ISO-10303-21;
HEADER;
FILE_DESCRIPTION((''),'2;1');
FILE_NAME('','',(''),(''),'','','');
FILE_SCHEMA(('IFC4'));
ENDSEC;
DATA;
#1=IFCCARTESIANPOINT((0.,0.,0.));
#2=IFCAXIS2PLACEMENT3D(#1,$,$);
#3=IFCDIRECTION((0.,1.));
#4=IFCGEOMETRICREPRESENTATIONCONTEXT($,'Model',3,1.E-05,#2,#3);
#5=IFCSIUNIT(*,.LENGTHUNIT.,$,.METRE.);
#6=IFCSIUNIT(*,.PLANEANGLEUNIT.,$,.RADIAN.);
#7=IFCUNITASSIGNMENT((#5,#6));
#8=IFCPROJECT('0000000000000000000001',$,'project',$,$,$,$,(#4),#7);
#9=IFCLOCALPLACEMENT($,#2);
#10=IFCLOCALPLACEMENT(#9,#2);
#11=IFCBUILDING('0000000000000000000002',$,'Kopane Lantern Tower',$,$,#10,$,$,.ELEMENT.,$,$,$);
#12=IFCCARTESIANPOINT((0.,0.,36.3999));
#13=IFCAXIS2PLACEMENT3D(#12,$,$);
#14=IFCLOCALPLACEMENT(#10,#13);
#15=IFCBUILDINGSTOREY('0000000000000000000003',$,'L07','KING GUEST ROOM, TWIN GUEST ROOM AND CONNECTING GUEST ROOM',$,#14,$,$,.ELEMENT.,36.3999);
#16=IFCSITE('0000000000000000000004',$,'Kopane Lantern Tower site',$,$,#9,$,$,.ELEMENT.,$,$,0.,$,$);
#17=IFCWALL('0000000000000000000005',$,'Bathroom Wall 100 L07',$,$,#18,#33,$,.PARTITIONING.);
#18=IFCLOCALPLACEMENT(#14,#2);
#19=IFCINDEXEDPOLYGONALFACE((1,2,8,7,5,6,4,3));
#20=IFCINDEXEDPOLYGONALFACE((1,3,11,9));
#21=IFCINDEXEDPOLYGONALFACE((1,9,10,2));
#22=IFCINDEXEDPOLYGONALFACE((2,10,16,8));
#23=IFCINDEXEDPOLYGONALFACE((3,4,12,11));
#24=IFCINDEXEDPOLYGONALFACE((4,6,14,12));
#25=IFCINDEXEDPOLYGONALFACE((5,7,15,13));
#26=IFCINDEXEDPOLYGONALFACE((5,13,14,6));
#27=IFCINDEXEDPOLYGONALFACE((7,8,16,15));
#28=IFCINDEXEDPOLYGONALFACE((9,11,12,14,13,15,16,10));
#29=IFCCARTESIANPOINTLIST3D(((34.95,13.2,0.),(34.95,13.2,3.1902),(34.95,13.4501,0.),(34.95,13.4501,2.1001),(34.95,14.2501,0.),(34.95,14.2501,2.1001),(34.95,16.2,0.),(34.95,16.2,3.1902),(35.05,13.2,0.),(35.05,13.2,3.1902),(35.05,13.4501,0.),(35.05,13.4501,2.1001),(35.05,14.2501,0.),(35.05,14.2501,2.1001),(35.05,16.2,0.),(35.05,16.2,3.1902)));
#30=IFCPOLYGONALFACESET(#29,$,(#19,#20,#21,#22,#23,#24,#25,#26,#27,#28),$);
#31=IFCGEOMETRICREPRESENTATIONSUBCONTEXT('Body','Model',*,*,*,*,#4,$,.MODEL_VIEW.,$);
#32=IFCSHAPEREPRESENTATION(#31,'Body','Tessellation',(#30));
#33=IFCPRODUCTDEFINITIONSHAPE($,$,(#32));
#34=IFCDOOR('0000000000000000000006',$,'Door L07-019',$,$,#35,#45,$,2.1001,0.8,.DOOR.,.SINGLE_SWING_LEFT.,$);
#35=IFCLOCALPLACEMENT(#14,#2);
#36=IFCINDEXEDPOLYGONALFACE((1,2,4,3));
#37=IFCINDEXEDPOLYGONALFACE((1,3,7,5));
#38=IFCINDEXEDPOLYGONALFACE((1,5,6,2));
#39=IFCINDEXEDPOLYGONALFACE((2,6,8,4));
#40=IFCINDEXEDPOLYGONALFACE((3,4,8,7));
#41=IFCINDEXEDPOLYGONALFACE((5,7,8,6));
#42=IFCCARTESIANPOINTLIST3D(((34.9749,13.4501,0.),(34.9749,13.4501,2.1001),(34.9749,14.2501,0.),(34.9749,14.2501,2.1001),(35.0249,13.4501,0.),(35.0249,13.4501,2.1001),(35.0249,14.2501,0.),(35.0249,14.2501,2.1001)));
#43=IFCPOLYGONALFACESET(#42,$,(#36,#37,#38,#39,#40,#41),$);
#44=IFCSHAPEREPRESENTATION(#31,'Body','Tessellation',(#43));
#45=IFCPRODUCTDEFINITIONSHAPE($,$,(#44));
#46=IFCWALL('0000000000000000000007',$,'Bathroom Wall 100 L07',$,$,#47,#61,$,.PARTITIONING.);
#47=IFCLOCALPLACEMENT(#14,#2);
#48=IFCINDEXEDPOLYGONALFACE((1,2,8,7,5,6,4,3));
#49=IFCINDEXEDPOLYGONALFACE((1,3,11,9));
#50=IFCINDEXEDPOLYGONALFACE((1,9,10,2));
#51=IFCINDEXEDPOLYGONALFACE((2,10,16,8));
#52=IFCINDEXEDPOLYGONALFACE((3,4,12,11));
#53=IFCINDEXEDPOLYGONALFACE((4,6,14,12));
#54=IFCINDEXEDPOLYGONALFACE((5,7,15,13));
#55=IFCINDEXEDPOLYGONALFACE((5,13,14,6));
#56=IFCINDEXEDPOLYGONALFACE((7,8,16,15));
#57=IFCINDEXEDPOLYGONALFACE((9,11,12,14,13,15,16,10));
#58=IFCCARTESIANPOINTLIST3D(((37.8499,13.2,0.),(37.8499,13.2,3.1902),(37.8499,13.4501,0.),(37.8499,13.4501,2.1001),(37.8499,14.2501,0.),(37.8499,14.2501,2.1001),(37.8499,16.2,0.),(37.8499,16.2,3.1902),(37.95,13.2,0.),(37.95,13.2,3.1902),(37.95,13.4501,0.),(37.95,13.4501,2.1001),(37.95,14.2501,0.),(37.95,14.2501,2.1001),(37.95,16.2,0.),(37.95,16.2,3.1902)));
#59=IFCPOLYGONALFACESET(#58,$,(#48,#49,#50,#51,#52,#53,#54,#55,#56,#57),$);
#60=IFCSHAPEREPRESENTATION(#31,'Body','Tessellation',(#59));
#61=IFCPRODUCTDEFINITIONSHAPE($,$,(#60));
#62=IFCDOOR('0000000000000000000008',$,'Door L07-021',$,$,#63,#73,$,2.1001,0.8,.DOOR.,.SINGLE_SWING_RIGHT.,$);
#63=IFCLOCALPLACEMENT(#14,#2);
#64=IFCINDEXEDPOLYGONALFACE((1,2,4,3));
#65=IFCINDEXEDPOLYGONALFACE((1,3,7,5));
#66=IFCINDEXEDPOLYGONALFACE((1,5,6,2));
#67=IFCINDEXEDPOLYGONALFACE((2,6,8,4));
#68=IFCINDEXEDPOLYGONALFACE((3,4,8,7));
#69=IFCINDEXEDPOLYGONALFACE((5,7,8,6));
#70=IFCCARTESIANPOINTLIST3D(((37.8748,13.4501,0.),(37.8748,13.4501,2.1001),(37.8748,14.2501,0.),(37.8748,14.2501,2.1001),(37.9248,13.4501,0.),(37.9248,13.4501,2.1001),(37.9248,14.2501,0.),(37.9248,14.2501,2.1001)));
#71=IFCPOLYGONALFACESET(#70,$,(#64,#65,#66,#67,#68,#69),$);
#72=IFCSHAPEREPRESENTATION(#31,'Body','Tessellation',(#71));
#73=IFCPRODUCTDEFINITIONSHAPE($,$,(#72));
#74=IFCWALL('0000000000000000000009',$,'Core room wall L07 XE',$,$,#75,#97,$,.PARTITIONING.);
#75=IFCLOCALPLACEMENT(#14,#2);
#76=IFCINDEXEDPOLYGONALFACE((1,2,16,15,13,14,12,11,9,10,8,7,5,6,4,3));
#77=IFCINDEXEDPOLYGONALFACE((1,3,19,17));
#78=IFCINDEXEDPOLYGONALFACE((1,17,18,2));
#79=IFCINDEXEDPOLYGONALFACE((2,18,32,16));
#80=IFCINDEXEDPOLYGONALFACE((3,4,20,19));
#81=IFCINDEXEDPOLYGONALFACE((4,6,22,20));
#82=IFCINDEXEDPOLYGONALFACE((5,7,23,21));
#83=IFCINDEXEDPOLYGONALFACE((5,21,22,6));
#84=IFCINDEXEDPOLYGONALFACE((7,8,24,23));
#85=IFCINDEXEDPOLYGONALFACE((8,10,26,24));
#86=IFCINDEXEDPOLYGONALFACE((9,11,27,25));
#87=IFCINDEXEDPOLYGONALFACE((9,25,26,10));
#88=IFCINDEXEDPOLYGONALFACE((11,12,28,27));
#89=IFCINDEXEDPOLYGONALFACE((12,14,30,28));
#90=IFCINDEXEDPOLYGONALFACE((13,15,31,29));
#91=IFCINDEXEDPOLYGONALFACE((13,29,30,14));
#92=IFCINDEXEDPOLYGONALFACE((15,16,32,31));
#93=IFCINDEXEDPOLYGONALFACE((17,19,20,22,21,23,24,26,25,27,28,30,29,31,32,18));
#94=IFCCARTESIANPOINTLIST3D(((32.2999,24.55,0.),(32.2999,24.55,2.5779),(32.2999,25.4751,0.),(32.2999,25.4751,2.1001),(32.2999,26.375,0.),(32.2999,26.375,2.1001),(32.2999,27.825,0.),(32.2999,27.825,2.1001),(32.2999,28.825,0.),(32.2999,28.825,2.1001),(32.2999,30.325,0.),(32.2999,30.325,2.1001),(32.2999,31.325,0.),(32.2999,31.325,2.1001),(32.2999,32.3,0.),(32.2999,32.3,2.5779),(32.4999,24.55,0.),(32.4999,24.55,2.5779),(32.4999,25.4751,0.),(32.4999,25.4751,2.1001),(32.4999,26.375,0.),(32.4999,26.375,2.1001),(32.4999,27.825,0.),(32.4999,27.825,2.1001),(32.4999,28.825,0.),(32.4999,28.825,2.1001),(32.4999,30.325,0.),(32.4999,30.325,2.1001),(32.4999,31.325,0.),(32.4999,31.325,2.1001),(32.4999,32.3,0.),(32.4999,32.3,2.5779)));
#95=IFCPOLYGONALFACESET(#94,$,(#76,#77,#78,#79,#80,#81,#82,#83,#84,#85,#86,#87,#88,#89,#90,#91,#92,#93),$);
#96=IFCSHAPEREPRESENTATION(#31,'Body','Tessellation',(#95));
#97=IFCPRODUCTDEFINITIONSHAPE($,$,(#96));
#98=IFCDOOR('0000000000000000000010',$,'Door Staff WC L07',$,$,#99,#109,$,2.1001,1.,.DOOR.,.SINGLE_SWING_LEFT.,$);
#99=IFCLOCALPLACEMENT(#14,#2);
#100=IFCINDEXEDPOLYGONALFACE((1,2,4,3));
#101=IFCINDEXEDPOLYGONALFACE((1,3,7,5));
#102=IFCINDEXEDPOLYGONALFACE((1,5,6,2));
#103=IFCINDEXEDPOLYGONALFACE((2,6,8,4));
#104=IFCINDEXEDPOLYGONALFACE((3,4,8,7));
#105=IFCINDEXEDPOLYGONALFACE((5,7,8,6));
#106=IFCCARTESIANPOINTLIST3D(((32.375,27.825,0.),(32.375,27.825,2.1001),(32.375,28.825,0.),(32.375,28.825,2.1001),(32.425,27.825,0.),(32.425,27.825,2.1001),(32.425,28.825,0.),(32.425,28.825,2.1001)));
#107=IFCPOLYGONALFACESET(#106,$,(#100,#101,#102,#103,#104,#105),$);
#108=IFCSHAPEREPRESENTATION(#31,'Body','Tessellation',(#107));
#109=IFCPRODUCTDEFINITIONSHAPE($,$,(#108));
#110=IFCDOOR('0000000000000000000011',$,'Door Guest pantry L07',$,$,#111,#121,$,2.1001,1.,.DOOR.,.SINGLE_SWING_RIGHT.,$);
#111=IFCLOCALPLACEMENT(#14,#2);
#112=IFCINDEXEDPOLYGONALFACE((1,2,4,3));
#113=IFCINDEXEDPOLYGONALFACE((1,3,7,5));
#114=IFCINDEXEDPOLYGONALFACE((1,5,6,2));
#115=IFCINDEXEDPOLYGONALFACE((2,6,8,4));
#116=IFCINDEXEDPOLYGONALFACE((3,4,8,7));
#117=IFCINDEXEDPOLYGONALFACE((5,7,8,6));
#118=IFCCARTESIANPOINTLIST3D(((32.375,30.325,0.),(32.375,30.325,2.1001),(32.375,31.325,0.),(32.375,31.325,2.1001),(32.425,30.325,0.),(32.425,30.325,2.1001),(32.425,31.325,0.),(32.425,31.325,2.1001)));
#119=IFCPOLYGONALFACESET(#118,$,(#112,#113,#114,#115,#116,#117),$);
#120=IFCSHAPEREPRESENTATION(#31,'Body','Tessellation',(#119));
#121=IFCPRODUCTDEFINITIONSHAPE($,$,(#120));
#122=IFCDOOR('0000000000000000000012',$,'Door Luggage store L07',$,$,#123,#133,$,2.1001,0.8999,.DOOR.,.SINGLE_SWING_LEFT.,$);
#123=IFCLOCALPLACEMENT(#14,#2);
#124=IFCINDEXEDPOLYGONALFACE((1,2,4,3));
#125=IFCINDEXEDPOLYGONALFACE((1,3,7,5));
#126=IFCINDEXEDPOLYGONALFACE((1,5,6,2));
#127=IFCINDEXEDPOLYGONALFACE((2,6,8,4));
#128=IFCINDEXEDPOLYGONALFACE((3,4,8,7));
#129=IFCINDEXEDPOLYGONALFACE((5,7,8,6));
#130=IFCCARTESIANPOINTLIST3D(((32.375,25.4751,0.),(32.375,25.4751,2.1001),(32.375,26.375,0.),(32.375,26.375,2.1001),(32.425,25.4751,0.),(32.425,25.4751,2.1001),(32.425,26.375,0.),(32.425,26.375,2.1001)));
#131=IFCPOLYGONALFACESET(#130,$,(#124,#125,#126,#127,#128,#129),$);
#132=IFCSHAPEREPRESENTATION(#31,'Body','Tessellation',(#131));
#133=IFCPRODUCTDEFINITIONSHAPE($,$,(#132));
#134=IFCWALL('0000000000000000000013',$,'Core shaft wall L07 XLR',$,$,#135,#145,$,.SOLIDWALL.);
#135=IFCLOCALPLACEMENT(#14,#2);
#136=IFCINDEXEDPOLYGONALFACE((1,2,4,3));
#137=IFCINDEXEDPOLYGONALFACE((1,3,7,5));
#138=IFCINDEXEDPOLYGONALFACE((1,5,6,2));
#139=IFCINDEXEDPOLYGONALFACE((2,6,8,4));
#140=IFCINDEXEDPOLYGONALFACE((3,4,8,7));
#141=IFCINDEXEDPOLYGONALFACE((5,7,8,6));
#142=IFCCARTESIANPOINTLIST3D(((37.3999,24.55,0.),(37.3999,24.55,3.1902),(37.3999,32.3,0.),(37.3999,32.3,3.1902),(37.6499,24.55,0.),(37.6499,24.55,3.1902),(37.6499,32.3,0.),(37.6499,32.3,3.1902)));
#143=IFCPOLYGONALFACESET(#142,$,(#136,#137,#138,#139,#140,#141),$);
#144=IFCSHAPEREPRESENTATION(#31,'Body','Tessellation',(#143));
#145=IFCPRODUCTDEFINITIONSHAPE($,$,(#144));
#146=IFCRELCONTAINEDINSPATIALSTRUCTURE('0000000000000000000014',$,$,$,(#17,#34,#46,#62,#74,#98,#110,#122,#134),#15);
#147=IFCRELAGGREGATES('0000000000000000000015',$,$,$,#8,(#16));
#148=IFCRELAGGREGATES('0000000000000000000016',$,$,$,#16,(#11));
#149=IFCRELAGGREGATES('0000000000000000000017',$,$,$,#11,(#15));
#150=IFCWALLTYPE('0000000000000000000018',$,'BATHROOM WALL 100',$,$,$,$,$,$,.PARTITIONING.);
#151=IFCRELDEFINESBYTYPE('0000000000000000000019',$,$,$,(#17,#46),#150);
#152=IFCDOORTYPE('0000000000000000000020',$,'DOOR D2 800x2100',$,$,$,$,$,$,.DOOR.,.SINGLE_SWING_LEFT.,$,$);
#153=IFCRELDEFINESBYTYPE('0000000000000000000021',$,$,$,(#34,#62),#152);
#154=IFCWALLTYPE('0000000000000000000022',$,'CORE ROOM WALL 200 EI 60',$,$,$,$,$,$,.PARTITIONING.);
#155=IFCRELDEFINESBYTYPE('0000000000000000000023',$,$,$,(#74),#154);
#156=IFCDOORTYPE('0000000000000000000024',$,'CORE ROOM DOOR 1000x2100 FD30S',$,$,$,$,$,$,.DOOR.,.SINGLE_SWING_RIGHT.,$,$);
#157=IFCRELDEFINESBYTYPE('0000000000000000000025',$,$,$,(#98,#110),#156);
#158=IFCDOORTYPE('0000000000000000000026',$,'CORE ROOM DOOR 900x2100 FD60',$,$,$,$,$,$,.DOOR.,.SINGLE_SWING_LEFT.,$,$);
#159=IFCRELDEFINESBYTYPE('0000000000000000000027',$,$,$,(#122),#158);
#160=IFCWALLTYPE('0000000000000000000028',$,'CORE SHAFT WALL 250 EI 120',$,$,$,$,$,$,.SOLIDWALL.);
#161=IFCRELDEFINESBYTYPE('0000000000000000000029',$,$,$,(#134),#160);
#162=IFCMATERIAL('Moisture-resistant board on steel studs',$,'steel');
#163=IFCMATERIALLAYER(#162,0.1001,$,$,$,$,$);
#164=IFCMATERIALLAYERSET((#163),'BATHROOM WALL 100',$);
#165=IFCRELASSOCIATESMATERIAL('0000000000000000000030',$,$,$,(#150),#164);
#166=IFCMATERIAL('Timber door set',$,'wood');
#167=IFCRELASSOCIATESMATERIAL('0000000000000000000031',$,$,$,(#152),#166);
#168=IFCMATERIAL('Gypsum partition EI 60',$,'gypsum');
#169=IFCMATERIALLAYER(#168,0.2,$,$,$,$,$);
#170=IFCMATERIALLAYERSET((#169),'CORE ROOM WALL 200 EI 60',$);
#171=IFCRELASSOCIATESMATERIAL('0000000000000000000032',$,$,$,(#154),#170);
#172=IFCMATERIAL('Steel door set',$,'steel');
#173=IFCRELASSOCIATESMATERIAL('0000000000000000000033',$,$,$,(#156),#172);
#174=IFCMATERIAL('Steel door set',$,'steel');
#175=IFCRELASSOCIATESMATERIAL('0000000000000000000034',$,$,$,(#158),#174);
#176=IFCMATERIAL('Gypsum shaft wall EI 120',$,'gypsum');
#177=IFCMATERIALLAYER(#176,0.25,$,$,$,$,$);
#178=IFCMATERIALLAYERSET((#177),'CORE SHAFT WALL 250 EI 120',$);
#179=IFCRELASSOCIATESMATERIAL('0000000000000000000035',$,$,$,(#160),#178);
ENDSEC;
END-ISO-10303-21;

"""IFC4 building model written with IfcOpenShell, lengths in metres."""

from ifc_helpers import new_model, si_unit, direction, frame, frame_2d, origin, place, context, subcontext, project, spatial, rectangle, extrude, material, layer, layer_set, type_object, element, fill, save


model = new_model("IFC4")

# Units and contexts
model_context = context("Model", 3, precision=1e-05, world=origin(), true_north=direction((0.0, 1.0)))
body_context = subcontext(model_context, "Body", "Model", "MODEL_VIEW")
ifc_project = project(units=[si_unit("LENGTHUNIT", "METRE"), si_unit("PLANEANGLEUNIT", "RADIAN")], contexts=[model_context])

# Site, building, storey
site_placement = place(None, origin())
site = spatial("IfcSite", under=ifc_project, at=site_placement, Name="Kopane Lantern Tower site", CompositionType="ELEMENT", RefElevation=0.0)
building_placement = place(site_placement, origin())
building = spatial("IfcBuilding", under=site, at=building_placement, Name="Kopane Lantern Tower", CompositionType="ELEMENT")
storey_placement = place(building_placement, frame((0.0, 0.0, 36.3999)))
storey = spatial("IfcBuildingStorey", under=building, at=storey_placement, Name="L07", Description="KING GUEST ROOM, TWIN GUEST ROOM AND CONNECTING GUEST ROOM", CompositionType="ELEMENT", Elevation=36.3999)

# Walls, openings, doors
ifc_material_1 = material(Name="Moisture-resistant board on steel studs", Category="steel")
ifc_layer_1 = layer(ifc_material_1, 0.1001)
ifc_layer_set_1 = layer_set([ifc_layer_1], Name="BATHROOM WALL 100")
wall_type_1 = type_object("IfcWallType", Name="BATHROOM WALL 100", PredefinedType="PARTITIONING", material=ifc_layer_set_1)
wall_1_placement = place(storey_placement, frame((35.0, 16.2, 0.0), z_axis=(0.0, 0.0, 1.0), x_axis=(0.0, -1.0, 0.0)))
wall_1 = element("IfcWall", 1, at=wall_1_placement, inside=storey, type_object=wall_type_1, Name="Bathroom Wall 100 L07", PredefinedType="PARTITIONING", context=body_context, shape_type="SweptSolid", body=[
    extrude(rectangle(XDim=3.0, YDim=0.1001, at=frame_2d((1.5, 0.0))), origin(), (0.0, 0.0, 1.0), 3.1902),
])
opening_1_placement = place(wall_1_placement, frame((1.95, 0.0, 0.0)))
opening_1 = element("IfcOpeningElement", 2, at=opening_1_placement, cuts=wall_1, PredefinedType="OPENING", context=body_context, shape_type="SweptSolid", body=[
    extrude(rectangle(XDim=0.8, YDim=2.1001, at=frame_2d((0.3999, 1.05))), frame((0.0, 0.0601, 0.0), z_axis=(0.0, -1.0, 0.0), x_axis=(1.0, 0.0, 0.0)), (0.0, 0.0, 1.0), 0.1201),
])
ifc_material_2 = material(Name="Timber door set", Category="wood")
door_type_1 = type_object("IfcDoorType", Name="DOOR D2 800x2100", OperationType="SINGLE_SWING_LEFT", PredefinedType="DOOR", material=ifc_material_2)
door_1_placement = place(opening_1_placement, origin())
door_1 = element("IfcDoor", 3, at=door_1_placement, inside=storey, type_object=door_type_1, Name="Door L07-019", OperationType="SINGLE_SWING_LEFT", OverallHeight=2.1001, OverallWidth=0.8, PredefinedType="DOOR", context=body_context, shape_type="SweptSolid", body=[
    extrude(rectangle(XDim=0.8, YDim=2.1001, at=frame_2d((0.3999, 1.05))), frame((0.0, 0.0249, 0.0), z_axis=(0.0, -1.0, 0.0), x_axis=(1.0, 0.0, 0.0)), (0.0, 0.0, 1.0), 0.05),
])
fill(opening_1, door_1)
wall_2_placement = place(storey_placement, frame((37.8999, 16.2, 0.0), z_axis=(0.0, 0.0, 1.0), x_axis=(0.0, -1.0, 0.0)))
wall_2 = element("IfcWall", 4, at=wall_2_placement, inside=storey, type_object=wall_type_1, Name="Bathroom Wall 100 L07", PredefinedType="PARTITIONING", context=body_context, shape_type="SweptSolid", body=[
    extrude(rectangle(XDim=3.0, YDim=0.1001, at=frame_2d((1.5, 0.0))), origin(), (0.0, 0.0, 1.0), 3.1902),
])
opening_2_placement = place(wall_2_placement, frame((1.95, 0.0, 0.0)))
opening_2 = element("IfcOpeningElement", 5, at=opening_2_placement, cuts=wall_2, PredefinedType="OPENING", context=body_context, shape_type="SweptSolid", body=[
    extrude(rectangle(XDim=0.8, YDim=2.1001, at=frame_2d((0.3999, 1.05))), frame((0.0, 0.0601, 0.0), z_axis=(0.0, -1.0, 0.0), x_axis=(1.0, 0.0, 0.0)), (0.0, 0.0, 1.0), 0.1201),
])
door_2_placement = place(opening_2_placement, origin())
door_2 = element("IfcDoor", 6, at=door_2_placement, inside=storey, type_object=door_type_1, Name="Door L07-021", OperationType="SINGLE_SWING_RIGHT", OverallHeight=2.1001, OverallWidth=0.8, PredefinedType="DOOR", context=body_context, shape_type="SweptSolid", body=[
    extrude(rectangle(XDim=0.8, YDim=2.1001, at=frame_2d((0.3999, 1.05))), frame((0.0, 0.0249, 0.0), z_axis=(0.0, -1.0, 0.0), x_axis=(1.0, 0.0, 0.0)), (0.0, 0.0, 1.0), 0.05),
])
fill(opening_2, door_2)

# Wall, openings, doors
ifc_material_3 = material(Name="Gypsum partition EI 60", Category="gypsum")
ifc_layer_2 = layer(ifc_material_3, 0.2)
ifc_layer_set_2 = layer_set([ifc_layer_2], Name="CORE ROOM WALL 200 EI 60")
wall_type_2 = type_object("IfcWallType", Name="CORE ROOM WALL 200 EI 60", PredefinedType="PARTITIONING", material=ifc_layer_set_2)
wall_3_placement = place(storey_placement, frame((32.3999, 24.55, 0.0), z_axis=(0.0, 0.0, 1.0), x_axis=(0.0, 1.0, 0.0)))
wall_3 = element("IfcWall", 7, at=wall_3_placement, inside=storey, type_object=wall_type_2, Name="Core room wall L07 XE", PredefinedType="PARTITIONING", context=body_context, shape_type="SweptSolid", body=[
    extrude(rectangle(XDim=7.75, YDim=0.2, at=frame_2d((3.875, 0.0))), origin(), (0.0, 0.0, 1.0), 2.5779),
])
opening_3_placement = place(wall_3_placement, frame((0.925, 0.0, 0.0)))
opening_3 = element("IfcOpeningElement", 8, at=opening_3_placement, cuts=wall_3, PredefinedType="OPENING", context=body_context, shape_type="SweptSolid", body=[
    extrude(rectangle(XDim=0.8999, YDim=2.1001, at=frame_2d((0.45, 1.05))), frame((0.0, 0.1099, 0.0), z_axis=(0.0, -1.0, 0.0), x_axis=(1.0, 0.0, 0.0)), (0.0, 0.0, 1.0), 0.22),
])
opening_4_placement = place(wall_3_placement, frame((3.2749, 0.0, 0.0)))
opening_4 = element("IfcOpeningElement", 9, at=opening_4_placement, cuts=wall_3, PredefinedType="OPENING", context=body_context, shape_type="SweptSolid", body=[
    extrude(rectangle(XDim=1.0, YDim=2.1001, at=frame_2d((0.5, 1.05))), frame((0.0, 0.1099, 0.0), z_axis=(0.0, -1.0, 0.0), x_axis=(1.0, 0.0, 0.0)), (0.0, 0.0, 1.0), 0.22),
])
opening_5_placement = place(wall_3_placement, frame((5.7749, 0.0, 0.0)))
opening_5 = element("IfcOpeningElement", 10, at=opening_5_placement, cuts=wall_3, PredefinedType="OPENING", context=body_context, shape_type="SweptSolid", body=[
    extrude(rectangle(XDim=1.0, YDim=2.1001, at=frame_2d((0.5, 1.05))), frame((0.0, 0.1099, 0.0), z_axis=(0.0, -1.0, 0.0), x_axis=(1.0, 0.0, 0.0)), (0.0, 0.0, 1.0), 0.22),
])
ifc_material_4 = material(Name="Steel door set", Category="steel")
door_type_2 = type_object("IfcDoorType", Name="CORE ROOM DOOR 1000x2100 FD30S", OperationType="SINGLE_SWING_RIGHT", PredefinedType="DOOR", material=ifc_material_4)
door_3_placement = place(opening_4_placement, origin())
door_3 = element("IfcDoor", 11, at=door_3_placement, inside=storey, type_object=door_type_2, Name="Door Staff WC L07", OperationType="SINGLE_SWING_LEFT", OverallHeight=2.1001, OverallWidth=1.0, PredefinedType="DOOR", context=body_context, shape_type="SweptSolid", body=[
    extrude(rectangle(XDim=1.0, YDim=2.1001, at=frame_2d((0.5, 1.05))), frame((0.0, 0.0249, 0.0), z_axis=(0.0, -1.0, 0.0), x_axis=(1.0, 0.0, 0.0)), (0.0, 0.0, 1.0), 0.05),
])
fill(opening_4, door_3)
door_4_placement = place(opening_5_placement, origin())
door_4 = element("IfcDoor", 12, at=door_4_placement, inside=storey, type_object=door_type_2, Name="Door Guest pantry L07", OperationType="SINGLE_SWING_RIGHT", OverallHeight=2.1001, OverallWidth=1.0, PredefinedType="DOOR", context=body_context, shape_type="SweptSolid", body=[
    extrude(rectangle(XDim=1.0, YDim=2.1001, at=frame_2d((0.5, 1.05))), frame((0.0, 0.0249, 0.0), z_axis=(0.0, -1.0, 0.0), x_axis=(1.0, 0.0, 0.0)), (0.0, 0.0, 1.0), 0.05),
])
fill(opening_5, door_4)
ifc_material_5 = material(Name="Steel door set", Category="steel")
door_type_3 = type_object("IfcDoorType", Name="CORE ROOM DOOR 900x2100 FD60", OperationType="SINGLE_SWING_LEFT", PredefinedType="DOOR", material=ifc_material_5)
door_5_placement = place(opening_3_placement, origin())
door_5 = element("IfcDoor", 13, at=door_5_placement, inside=storey, type_object=door_type_3, Name="Door Luggage store L07", OperationType="SINGLE_SWING_LEFT", OverallHeight=2.1001, OverallWidth=0.8999, PredefinedType="DOOR", context=body_context, shape_type="SweptSolid", body=[
    extrude(rectangle(XDim=0.8999, YDim=2.1001, at=frame_2d((0.45, 1.05))), frame((0.0, 0.0249, 0.0), z_axis=(0.0, -1.0, 0.0), x_axis=(1.0, 0.0, 0.0)), (0.0, 0.0, 1.0), 0.05),
])
fill(opening_3, door_5)

# Wall
ifc_material_6 = material(Name="Gypsum shaft wall EI 120", Category="gypsum")
ifc_layer_3 = layer(ifc_material_6, 0.25)
ifc_layer_set_3 = layer_set([ifc_layer_3], Name="CORE SHAFT WALL 250 EI 120")
wall_type_3 = type_object("IfcWallType", Name="CORE SHAFT WALL 250 EI 120", PredefinedType="SOLIDWALL", material=ifc_layer_set_3)
wall_4_placement = place(storey_placement, frame((37.5249, 24.55, 0.0), z_axis=(0.0, 0.0, 1.0), x_axis=(0.0, 1.0, 0.0)))
element("IfcWall", 14, at=wall_4_placement, inside=storey, type_object=wall_type_3, Name="Core shaft wall L07 XLR", PredefinedType="SOLIDWALL", context=body_context, shape_type="SweptSolid", body=[
    extrude(rectangle(XDim=7.75, YDim=0.25, at=frame_2d((3.875, 0.0))), origin(), (0.0, 0.0, 1.0), 3.1902),
])

save(model, "model.ifc")
